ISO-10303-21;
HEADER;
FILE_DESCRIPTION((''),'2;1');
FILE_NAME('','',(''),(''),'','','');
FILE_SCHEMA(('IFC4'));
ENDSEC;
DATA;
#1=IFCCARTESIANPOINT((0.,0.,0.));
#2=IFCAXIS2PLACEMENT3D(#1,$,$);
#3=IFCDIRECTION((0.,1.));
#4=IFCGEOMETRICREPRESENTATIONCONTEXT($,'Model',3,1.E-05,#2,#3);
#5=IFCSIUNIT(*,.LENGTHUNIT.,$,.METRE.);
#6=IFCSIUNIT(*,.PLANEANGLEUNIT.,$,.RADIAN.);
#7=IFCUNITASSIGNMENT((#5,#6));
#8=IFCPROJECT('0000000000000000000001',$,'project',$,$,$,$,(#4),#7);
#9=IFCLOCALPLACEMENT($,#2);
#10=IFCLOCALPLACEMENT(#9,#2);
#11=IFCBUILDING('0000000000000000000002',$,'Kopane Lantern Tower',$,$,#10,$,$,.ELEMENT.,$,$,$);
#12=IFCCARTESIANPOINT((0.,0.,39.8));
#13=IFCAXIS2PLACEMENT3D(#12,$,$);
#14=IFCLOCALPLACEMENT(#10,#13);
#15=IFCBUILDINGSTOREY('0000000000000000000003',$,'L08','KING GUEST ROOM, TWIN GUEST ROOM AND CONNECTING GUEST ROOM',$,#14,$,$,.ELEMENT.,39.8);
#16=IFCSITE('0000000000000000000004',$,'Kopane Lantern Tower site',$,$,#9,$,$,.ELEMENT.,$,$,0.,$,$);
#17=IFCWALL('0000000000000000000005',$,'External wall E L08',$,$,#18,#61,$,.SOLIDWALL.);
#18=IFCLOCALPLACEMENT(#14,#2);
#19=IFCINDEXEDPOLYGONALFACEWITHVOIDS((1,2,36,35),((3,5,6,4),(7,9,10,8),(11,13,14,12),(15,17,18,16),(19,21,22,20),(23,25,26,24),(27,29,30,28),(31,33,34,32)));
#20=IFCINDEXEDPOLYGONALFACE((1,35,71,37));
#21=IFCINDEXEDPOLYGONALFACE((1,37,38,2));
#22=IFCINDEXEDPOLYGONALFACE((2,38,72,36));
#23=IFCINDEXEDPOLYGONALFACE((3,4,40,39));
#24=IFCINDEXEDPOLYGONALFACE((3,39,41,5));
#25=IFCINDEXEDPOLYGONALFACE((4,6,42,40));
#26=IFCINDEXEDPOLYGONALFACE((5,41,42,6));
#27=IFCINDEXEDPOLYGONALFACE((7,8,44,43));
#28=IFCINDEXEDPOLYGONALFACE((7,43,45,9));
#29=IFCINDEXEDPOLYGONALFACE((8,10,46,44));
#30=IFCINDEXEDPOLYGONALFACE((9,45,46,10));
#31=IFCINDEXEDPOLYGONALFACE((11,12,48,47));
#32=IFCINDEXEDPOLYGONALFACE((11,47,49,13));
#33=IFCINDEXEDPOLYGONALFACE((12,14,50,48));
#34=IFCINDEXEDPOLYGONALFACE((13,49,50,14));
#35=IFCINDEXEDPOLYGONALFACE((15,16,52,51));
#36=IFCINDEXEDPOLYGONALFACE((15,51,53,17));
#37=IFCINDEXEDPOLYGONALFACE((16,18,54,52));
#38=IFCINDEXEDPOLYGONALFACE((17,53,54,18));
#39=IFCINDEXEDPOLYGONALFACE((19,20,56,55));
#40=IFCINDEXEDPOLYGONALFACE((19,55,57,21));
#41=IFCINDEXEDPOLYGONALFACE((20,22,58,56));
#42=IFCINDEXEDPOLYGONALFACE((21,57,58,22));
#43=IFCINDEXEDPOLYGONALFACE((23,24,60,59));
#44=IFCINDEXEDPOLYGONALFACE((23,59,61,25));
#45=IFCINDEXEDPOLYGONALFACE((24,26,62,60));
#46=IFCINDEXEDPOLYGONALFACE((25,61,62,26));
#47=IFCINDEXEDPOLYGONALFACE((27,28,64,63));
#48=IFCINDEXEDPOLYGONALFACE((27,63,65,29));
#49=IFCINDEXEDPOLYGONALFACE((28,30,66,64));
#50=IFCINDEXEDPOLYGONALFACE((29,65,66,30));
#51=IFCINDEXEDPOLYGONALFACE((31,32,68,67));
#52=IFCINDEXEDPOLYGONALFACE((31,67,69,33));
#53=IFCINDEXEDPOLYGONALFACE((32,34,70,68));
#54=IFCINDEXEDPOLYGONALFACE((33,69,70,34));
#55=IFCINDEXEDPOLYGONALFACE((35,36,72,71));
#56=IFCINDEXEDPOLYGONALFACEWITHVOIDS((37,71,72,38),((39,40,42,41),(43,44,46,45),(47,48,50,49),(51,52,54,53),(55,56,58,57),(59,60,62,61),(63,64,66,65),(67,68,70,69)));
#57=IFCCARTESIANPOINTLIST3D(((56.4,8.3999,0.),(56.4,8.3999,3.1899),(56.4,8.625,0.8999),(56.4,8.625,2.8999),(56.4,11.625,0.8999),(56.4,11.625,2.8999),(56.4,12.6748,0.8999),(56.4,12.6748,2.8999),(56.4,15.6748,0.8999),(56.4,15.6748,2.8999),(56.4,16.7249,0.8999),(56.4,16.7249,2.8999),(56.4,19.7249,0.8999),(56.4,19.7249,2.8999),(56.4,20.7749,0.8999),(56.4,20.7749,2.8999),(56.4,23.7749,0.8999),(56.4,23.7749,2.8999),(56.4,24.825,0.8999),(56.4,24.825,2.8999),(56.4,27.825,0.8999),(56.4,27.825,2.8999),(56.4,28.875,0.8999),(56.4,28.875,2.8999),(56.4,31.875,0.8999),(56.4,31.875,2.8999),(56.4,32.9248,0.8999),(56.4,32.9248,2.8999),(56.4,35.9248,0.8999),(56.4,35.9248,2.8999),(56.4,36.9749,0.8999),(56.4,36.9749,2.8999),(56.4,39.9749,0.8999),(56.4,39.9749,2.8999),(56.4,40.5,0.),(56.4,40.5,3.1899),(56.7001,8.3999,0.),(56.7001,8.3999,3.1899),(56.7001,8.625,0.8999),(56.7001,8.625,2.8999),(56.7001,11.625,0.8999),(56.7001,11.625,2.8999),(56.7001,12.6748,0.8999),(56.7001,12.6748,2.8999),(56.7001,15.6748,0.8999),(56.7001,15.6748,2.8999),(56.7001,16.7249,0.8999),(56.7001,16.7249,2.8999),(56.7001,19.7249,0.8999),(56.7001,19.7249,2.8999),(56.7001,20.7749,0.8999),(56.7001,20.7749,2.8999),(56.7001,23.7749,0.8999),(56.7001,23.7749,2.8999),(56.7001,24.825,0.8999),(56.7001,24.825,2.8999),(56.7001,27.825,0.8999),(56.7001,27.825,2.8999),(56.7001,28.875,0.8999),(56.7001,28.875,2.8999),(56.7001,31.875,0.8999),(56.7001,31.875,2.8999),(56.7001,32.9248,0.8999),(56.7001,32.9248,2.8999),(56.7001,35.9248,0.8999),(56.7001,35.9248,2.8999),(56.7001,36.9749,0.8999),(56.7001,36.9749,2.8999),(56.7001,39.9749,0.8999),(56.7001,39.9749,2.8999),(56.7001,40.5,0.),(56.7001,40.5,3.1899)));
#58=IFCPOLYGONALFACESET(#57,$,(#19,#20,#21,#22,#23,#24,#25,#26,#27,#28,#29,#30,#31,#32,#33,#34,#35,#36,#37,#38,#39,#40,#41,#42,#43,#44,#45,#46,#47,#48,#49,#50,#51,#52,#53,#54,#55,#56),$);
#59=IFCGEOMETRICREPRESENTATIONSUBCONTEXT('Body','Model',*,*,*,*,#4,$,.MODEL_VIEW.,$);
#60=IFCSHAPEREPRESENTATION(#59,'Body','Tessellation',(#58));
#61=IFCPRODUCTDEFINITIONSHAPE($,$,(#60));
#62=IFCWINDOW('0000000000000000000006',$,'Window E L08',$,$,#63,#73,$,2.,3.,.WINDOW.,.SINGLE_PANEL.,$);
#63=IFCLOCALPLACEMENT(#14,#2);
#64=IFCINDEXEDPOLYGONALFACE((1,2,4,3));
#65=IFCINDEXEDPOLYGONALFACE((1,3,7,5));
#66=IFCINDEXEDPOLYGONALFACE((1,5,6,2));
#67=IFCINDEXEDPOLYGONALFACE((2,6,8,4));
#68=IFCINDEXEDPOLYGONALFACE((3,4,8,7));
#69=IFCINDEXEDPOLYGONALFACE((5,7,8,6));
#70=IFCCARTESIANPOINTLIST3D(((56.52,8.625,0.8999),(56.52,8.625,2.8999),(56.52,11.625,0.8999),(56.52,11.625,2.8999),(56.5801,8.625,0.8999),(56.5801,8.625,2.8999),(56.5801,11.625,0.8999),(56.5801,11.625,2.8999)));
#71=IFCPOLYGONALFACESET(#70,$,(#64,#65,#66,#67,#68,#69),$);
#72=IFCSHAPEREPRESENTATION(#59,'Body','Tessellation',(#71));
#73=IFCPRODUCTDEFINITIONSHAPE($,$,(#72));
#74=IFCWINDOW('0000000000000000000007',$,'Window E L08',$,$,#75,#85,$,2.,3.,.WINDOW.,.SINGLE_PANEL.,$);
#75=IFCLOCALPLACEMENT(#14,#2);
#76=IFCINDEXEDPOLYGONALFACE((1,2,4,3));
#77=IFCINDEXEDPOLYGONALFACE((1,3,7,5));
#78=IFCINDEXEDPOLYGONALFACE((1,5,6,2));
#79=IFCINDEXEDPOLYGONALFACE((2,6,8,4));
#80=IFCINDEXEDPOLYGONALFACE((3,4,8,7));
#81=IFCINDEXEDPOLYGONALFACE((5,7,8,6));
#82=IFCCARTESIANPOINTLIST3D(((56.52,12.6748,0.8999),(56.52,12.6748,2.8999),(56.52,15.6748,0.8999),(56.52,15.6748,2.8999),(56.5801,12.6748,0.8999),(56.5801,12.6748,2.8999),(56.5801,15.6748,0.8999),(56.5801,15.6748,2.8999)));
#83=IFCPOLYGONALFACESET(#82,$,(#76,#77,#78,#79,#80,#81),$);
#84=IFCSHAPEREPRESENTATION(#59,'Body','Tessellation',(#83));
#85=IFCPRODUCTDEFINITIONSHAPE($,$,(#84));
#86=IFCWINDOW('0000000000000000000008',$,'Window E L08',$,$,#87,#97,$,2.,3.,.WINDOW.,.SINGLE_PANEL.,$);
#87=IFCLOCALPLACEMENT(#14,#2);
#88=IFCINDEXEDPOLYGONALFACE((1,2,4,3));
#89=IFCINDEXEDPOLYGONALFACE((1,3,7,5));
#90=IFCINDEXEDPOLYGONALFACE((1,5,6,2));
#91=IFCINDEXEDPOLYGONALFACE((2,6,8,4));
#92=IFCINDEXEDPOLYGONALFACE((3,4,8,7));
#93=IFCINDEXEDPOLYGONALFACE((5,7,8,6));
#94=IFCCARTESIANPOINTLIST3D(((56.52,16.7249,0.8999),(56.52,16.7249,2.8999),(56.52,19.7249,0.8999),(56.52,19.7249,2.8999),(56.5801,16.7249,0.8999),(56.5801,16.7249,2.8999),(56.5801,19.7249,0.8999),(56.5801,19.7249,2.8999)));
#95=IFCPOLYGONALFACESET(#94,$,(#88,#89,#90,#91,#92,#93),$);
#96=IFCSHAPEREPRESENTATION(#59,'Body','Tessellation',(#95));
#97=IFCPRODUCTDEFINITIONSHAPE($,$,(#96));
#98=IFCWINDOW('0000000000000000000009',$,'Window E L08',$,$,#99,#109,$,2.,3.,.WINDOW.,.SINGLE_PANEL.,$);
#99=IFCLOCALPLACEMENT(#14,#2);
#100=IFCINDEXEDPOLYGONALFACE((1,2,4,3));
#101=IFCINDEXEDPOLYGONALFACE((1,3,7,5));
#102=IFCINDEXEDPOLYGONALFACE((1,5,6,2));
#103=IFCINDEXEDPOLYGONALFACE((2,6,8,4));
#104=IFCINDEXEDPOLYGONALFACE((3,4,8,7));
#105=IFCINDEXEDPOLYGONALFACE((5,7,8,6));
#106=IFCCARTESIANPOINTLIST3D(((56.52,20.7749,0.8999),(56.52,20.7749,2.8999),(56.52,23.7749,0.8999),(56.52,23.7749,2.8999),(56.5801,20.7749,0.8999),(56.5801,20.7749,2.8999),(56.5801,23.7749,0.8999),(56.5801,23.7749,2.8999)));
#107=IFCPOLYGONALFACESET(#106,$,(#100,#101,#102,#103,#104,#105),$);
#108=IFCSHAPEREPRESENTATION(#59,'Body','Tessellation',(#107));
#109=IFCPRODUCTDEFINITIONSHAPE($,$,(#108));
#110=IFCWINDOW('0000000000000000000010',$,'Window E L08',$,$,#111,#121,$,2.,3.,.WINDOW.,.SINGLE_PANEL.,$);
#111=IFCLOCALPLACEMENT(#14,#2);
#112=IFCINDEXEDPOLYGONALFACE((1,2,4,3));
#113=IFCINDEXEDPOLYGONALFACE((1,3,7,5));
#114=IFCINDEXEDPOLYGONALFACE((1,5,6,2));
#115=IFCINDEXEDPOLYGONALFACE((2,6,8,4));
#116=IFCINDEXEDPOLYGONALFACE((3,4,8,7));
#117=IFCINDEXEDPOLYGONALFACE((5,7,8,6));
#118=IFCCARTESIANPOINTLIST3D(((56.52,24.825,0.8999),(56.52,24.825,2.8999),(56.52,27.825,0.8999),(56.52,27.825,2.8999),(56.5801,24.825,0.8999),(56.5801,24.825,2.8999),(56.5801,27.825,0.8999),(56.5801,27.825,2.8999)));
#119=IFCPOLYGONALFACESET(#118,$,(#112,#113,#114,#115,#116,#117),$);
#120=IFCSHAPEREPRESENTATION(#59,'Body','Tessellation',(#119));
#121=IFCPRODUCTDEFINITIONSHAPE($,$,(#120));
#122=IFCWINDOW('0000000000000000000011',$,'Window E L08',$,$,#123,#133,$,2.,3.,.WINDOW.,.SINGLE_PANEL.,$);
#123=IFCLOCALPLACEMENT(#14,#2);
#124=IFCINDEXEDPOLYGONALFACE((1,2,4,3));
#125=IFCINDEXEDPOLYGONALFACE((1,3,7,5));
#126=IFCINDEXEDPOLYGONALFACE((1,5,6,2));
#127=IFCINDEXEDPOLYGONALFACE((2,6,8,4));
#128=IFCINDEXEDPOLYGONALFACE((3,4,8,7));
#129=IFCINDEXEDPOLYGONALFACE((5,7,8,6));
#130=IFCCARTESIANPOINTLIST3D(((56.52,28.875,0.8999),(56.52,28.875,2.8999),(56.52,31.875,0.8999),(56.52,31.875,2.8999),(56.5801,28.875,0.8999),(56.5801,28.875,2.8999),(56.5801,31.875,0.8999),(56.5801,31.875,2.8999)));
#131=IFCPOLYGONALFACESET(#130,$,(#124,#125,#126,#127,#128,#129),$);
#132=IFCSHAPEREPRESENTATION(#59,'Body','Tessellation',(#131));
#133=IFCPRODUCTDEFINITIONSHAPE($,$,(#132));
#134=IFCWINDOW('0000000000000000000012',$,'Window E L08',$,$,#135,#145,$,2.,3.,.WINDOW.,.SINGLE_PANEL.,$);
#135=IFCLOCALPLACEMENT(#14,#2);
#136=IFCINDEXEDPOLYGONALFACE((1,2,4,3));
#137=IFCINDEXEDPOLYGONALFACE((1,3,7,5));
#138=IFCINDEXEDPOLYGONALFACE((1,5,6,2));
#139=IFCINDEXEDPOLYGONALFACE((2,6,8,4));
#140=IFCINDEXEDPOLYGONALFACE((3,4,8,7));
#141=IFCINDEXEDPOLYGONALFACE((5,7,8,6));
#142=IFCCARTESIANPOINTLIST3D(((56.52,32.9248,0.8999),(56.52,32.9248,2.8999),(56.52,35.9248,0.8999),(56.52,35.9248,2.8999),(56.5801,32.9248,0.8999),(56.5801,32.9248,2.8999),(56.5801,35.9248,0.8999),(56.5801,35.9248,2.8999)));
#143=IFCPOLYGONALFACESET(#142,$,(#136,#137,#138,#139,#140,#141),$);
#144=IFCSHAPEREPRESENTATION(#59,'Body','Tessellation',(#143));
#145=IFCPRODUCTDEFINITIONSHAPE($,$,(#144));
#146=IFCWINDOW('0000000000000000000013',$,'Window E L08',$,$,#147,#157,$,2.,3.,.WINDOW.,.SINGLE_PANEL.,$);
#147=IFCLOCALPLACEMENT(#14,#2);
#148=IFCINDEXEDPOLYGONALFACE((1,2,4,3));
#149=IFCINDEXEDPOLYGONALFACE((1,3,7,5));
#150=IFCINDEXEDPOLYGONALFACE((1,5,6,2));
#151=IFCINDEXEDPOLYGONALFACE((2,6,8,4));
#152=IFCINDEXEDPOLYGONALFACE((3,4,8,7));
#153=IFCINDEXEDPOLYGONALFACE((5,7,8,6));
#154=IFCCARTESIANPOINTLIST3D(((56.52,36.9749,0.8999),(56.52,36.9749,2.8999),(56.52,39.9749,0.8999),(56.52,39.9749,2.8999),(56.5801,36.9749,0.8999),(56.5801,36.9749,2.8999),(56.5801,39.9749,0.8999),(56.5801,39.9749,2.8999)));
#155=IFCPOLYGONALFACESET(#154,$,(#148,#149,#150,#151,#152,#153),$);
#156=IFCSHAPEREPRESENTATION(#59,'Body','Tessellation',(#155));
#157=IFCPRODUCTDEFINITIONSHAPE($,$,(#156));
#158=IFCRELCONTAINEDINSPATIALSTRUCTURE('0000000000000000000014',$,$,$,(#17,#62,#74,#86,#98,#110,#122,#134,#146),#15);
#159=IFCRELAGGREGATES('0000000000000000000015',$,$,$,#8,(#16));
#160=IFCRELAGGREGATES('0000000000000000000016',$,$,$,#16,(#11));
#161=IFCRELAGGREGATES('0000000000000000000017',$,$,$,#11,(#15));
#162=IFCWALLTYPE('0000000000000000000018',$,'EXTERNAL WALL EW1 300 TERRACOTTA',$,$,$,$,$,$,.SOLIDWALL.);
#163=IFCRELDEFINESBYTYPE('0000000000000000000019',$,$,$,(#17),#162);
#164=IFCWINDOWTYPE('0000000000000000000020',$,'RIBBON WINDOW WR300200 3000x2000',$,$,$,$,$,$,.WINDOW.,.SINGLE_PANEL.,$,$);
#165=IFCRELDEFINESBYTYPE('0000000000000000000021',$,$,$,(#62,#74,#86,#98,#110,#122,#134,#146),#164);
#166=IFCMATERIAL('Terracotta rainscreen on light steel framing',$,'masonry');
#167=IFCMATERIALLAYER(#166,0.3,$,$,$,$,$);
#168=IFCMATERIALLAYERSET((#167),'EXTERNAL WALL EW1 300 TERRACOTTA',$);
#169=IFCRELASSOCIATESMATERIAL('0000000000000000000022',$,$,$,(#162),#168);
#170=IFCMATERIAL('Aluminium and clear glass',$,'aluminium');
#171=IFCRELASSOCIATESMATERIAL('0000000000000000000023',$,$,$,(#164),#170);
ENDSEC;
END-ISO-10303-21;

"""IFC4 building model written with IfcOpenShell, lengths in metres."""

from ifc_helpers import new_model, si_unit, direction, frame, frame_2d, origin, place, context, subcontext, project, spatial, rectangle, extrude, material, layer, layer_set, type_object, element, fill, save


model = new_model("IFC4")

# Units and contexts
model_context = context("Model", 3, precision=1e-05, world=origin(), true_north=direction((0.0, 1.0)))
body_context = subcontext(model_context, "Body", "Model", "MODEL_VIEW")
ifc_project = project(units=[si_unit("LENGTHUNIT", "METRE"), si_unit("PLANEANGLEUNIT", "RADIAN")], contexts=[model_context])

# Site, building, storey
site_placement = place(None, origin())
site = spatial("IfcSite", under=ifc_project, at=site_placement, Name="Kopane Lantern Tower site", CompositionType="ELEMENT", RefElevation=0.0)
building_placement = place(site_placement, origin())
building = spatial("IfcBuilding", under=site, at=building_placement, Name="Kopane Lantern Tower", CompositionType="ELEMENT")
storey_placement = place(building_placement, frame((0.0, 0.0, 39.8)))
storey = spatial("IfcBuildingStorey", under=building, at=storey_placement, Name="L08", Description="KING GUEST ROOM, TWIN GUEST ROOM AND CONNECTING GUEST ROOM", CompositionType="ELEMENT", Elevation=39.8)

# Shared definitions
ifc_material_1 = material(Name="Terracotta rainscreen on light steel framing", Category="masonry")
ifc_layer = layer(ifc_material_1, 0.3)
ifc_layer_set = layer_set([ifc_layer], Name="EXTERNAL WALL EW1 300 TERRACOTTA")
wall_type = type_object("IfcWallType", Name="EXTERNAL WALL EW1 300 TERRACOTTA", PredefinedType="SOLIDWALL", material=ifc_layer_set)

# Wall, openings, windows
wall_1_placement = place(storey_placement, frame((56.55, 8.3999, 0.0), z_axis=(0.0, 0.0, 1.0), x_axis=(0.0, 1.0, 0.0)))
wall_1 = element("IfcWall", 1, at=wall_1_placement, inside=storey, type_object=wall_type, Name="External wall E L08", PredefinedType="SOLIDWALL", context=body_context, shape_type="SweptSolid", body=[
    extrude(rectangle(XDim=32.1001, YDim=0.3, at=frame_2d((16.05, 0.0))), origin(), (0.0, 0.0, 1.0), 3.1899),
])
opening_1_placement = place(wall_1_placement, frame((0.2251, 0.0, 0.8999)))
opening_1 = element("IfcOpeningElement", 2, at=opening_1_placement, cuts=wall_1, PredefinedType="OPENING", context=body_context, shape_type="SweptSolid", body=[
    extrude(rectangle(XDim=3.0, YDim=2.0, at=frame_2d((1.5, 1.0))), frame((0.0, 0.1599, 0.0), z_axis=(0.0, -1.0, 0.0), x_axis=(1.0, 0.0, 0.0)), (0.0, 0.0, 1.0), 0.3201),
])
opening_2_placement = place(wall_1_placement, frame((4.2749, 0.0, 0.8999)))
opening_2 = element("IfcOpeningElement", 3, at=opening_2_placement, cuts=wall_1, PredefinedType="OPENING", context=body_context, shape_type="SweptSolid", body=[
    extrude(rectangle(XDim=3.0, YDim=2.0, at=frame_2d((1.5, 1.0))), frame((0.0, 0.1599, 0.0), z_axis=(0.0, -1.0, 0.0), x_axis=(1.0, 0.0, 0.0)), (0.0, 0.0, 1.0), 0.3201),
])
opening_3_placement = place(wall_1_placement, frame((8.325, 0.0, 0.8999)))
opening_3 = element("IfcOpeningElement", 4, at=opening_3_placement, cuts=wall_1, PredefinedType="OPENING", context=body_context, shape_type="SweptSolid", body=[
    extrude(rectangle(XDim=3.0, YDim=2.0, at=frame_2d((1.5, 1.0))), frame((0.0, 0.1599, 0.0), z_axis=(0.0, -1.0, 0.0), x_axis=(1.0, 0.0, 0.0)), (0.0, 0.0, 1.0), 0.3201),
])
opening_4_placement = place(wall_1_placement, frame((12.375, 0.0, 0.8999)))
opening_4 = element("IfcOpeningElement", 5, at=opening_4_placement, cuts=wall_1, PredefinedType="OPENING", context=body_context, shape_type="SweptSolid", body=[
    extrude(rectangle(XDim=3.0, YDim=2.0, at=frame_2d((1.5, 1.0))), frame((0.0, 0.1599, 0.0), z_axis=(0.0, -1.0, 0.0), x_axis=(1.0, 0.0, 0.0)), (0.0, 0.0, 1.0), 0.3201),
])
opening_5_placement = place(wall_1_placement, frame((16.425, 0.0, 0.8999)))
opening_5 = element("IfcOpeningElement", 6, at=opening_5_placement, cuts=wall_1, PredefinedType="OPENING", context=body_context, shape_type="SweptSolid", body=[
    extrude(rectangle(XDim=3.0, YDim=2.0, at=frame_2d((1.5, 1.0))), frame((0.0, 0.1599, 0.0), z_axis=(0.0, -1.0, 0.0), x_axis=(1.0, 0.0, 0.0)), (0.0, 0.0, 1.0), 0.3201),
])
opening_6_placement = place(wall_1_placement, frame((20.4751, 0.0, 0.8999)))
opening_6 = element("IfcOpeningElement", 7, at=opening_6_placement, cuts=wall_1, PredefinedType="OPENING", context=body_context, shape_type="SweptSolid", body=[
    extrude(rectangle(XDim=3.0, YDim=2.0, at=frame_2d((1.5, 1.0))), frame((0.0, 0.1599, 0.0), z_axis=(0.0, -1.0, 0.0), x_axis=(1.0, 0.0, 0.0)), (0.0, 0.0, 1.0), 0.3201),
])
opening_7_placement = place(wall_1_placement, frame((24.5249, 0.0, 0.8999)))
opening_7 = element("IfcOpeningElement", 8, at=opening_7_placement, cuts=wall_1, PredefinedType="OPENING", context=body_context, shape_type="SweptSolid", body=[
    extrude(rectangle(XDim=3.0, YDim=2.0, at=frame_2d((1.5, 1.0))), frame((0.0, 0.1599, 0.0), z_axis=(0.0, -1.0, 0.0), x_axis=(1.0, 0.0, 0.0)), (0.0, 0.0, 1.0), 0.3201),
])
opening_8_placement = place(wall_1_placement, frame((28.575, 0.0, 0.8999)))
opening_8 = element("IfcOpeningElement", 9, at=opening_8_placement, cuts=wall_1, PredefinedType="OPENING", context=body_context, shape_type="SweptSolid", body=[
    extrude(rectangle(XDim=3.0, YDim=2.0, at=frame_2d((1.5, 1.0))), frame((0.0, 0.1599, 0.0), z_axis=(0.0, -1.0, 0.0), x_axis=(1.0, 0.0, 0.0)), (0.0, 0.0, 1.0), 0.3201),
])
ifc_material_2 = material(Name="Aluminium and clear glass", Category="aluminium")
window_type_1 = type_object("IfcWindowType", Name="RIBBON WINDOW WR300200 3000x2000", PartitioningType="SINGLE_PANEL", PredefinedType="WINDOW", material=ifc_material_2)
window_1_placement = place(opening_1_placement, origin())
window_1 = element("IfcWindow", 10, at=window_1_placement, inside=storey, type_object=window_type_1, Name="Window E L08", OverallHeight=2.0, OverallWidth=3.0, PartitioningType="SINGLE_PANEL", PredefinedType="WINDOW", context=body_context, shape_type="SweptSolid", body=[
    extrude(rectangle(XDim=3.0, YDim=2.0, at=frame_2d((1.5, 1.0))), frame((0.0, 0.03, 0.0), z_axis=(0.0, -1.0, 0.0), x_axis=(1.0, 0.0, 0.0)), (0.0, 0.0, 1.0), 0.0601),
])
fill(opening_1, window_1)
window_2_placement = place(opening_2_placement, origin())
window_2 = element("IfcWindow", 11, at=window_2_placement, inside=storey, type_object=window_type_1, Name="Window E L08", OverallHeight=2.0, OverallWidth=3.0, PartitioningType="SINGLE_PANEL", PredefinedType="WINDOW", context=body_context, shape_type="SweptSolid", body=[
    extrude(rectangle(XDim=3.0, YDim=2.0, at=frame_2d((1.5, 1.0))), frame((0.0, 0.03, 0.0), z_axis=(0.0, -1.0, 0.0), x_axis=(1.0, 0.0, 0.0)), (0.0, 0.0, 1.0), 0.0601),
])
fill(opening_2, window_2)
window_3_placement = place(opening_3_placement, origin())
window_3 = element("IfcWindow", 12, at=window_3_placement, inside=storey, type_object=window_type_1, Name="Window E L08", OverallHeight=2.0, OverallWidth=3.0, PartitioningType="SINGLE_PANEL", PredefinedType="WINDOW", context=body_context, shape_type="SweptSolid", body=[
    extrude(rectangle(XDim=3.0, YDim=2.0, at=frame_2d((1.5, 1.0))), frame((0.0, 0.03, 0.0), z_axis=(0.0, -1.0, 0.0), x_axis=(1.0, 0.0, 0.0)), (0.0, 0.0, 1.0), 0.0601),
])
fill(opening_3, window_3)
window_4_placement = place(opening_4_placement, origin())
window_4 = element("IfcWindow", 13, at=window_4_placement, inside=storey, type_object=window_type_1, Name="Window E L08", OverallHeight=2.0, OverallWidth=3.0, PartitioningType="SINGLE_PANEL", PredefinedType="WINDOW", context=body_context, shape_type="SweptSolid", body=[
    extrude(rectangle(XDim=3.0, YDim=2.0, at=frame_2d((1.5, 1.0))), frame((0.0, 0.03, 0.0), z_axis=(0.0, -1.0, 0.0), x_axis=(1.0, 0.0, 0.0)), (0.0, 0.0, 1.0), 0.0601),
])
fill(opening_4, window_4)
window_5_placement = place(opening_5_placement, origin())
window_5 = element("IfcWindow", 14, at=window_5_placement, inside=storey, type_object=window_type_1, Name="Window E L08", OverallHeight=2.0, OverallWidth=3.0, PartitioningType="SINGLE_PANEL", PredefinedType="WINDOW", context=body_context, shape_type="SweptSolid", body=[
    extrude(rectangle(XDim=3.0, YDim=2.0, at=frame_2d((1.5, 1.0))), frame((0.0, 0.03, 0.0), z_axis=(0.0, -1.0, 0.0), x_axis=(1.0, 0.0, 0.0)), (0.0, 0.0, 1.0), 0.0601),
])
fill(opening_5, window_5)
window_6_placement = place(opening_6_placement, origin())
window_6 = element("IfcWindow", 15, at=window_6_placement, inside=storey, type_object=window_type_1, Name="Window E L08", OverallHeight=2.0, OverallWidth=3.0, PartitioningType="SINGLE_PANEL", PredefinedType="WINDOW", context=body_context, shape_type="SweptSolid", body=[
    extrude(rectangle(XDim=3.0, YDim=2.0, at=frame_2d((1.5, 1.0))), frame((0.0, 0.03, 0.0), z_axis=(0.0, -1.0, 0.0), x_axis=(1.0, 0.0, 0.0)), (0.0, 0.0, 1.0), 0.0601),
])
fill(opening_6, window_6)
window_7_placement = place(opening_7_placement, origin())
window_7 = element("IfcWindow", 16, at=window_7_placement, inside=storey, type_object=window_type_1, Name="Window E L08", OverallHeight=2.0, OverallWidth=3.0, PartitioningType="SINGLE_PANEL", PredefinedType="WINDOW", context=body_context, shape_type="SweptSolid", body=[
    extrude(rectangle(XDim=3.0, YDim=2.0, at=frame_2d((1.5, 1.0))), frame((0.0, 0.03, 0.0), z_axis=(0.0, -1.0, 0.0), x_axis=(1.0, 0.0, 0.0)), (0.0, 0.0, 1.0), 0.0601),
])
fill(opening_7, window_7)
window_8_placement = place(opening_8_placement, origin())
window_8 = element("IfcWindow", 17, at=window_8_placement, inside=storey, type_object=window_type_1, Name="Window E L08", OverallHeight=2.0, OverallWidth=3.0, PartitioningType="SINGLE_PANEL", PredefinedType="WINDOW", context=body_context, shape_type="SweptSolid", body=[
    extrude(rectangle(XDim=3.0, YDim=2.0, at=frame_2d((1.5, 1.0))), frame((0.0, 0.03, 0.0), z_axis=(0.0, -1.0, 0.0), x_axis=(1.0, 0.0, 0.0)), (0.0, 0.0, 1.0), 0.0601),
])
fill(opening_8, window_8)

save(model, "model.ifc")
